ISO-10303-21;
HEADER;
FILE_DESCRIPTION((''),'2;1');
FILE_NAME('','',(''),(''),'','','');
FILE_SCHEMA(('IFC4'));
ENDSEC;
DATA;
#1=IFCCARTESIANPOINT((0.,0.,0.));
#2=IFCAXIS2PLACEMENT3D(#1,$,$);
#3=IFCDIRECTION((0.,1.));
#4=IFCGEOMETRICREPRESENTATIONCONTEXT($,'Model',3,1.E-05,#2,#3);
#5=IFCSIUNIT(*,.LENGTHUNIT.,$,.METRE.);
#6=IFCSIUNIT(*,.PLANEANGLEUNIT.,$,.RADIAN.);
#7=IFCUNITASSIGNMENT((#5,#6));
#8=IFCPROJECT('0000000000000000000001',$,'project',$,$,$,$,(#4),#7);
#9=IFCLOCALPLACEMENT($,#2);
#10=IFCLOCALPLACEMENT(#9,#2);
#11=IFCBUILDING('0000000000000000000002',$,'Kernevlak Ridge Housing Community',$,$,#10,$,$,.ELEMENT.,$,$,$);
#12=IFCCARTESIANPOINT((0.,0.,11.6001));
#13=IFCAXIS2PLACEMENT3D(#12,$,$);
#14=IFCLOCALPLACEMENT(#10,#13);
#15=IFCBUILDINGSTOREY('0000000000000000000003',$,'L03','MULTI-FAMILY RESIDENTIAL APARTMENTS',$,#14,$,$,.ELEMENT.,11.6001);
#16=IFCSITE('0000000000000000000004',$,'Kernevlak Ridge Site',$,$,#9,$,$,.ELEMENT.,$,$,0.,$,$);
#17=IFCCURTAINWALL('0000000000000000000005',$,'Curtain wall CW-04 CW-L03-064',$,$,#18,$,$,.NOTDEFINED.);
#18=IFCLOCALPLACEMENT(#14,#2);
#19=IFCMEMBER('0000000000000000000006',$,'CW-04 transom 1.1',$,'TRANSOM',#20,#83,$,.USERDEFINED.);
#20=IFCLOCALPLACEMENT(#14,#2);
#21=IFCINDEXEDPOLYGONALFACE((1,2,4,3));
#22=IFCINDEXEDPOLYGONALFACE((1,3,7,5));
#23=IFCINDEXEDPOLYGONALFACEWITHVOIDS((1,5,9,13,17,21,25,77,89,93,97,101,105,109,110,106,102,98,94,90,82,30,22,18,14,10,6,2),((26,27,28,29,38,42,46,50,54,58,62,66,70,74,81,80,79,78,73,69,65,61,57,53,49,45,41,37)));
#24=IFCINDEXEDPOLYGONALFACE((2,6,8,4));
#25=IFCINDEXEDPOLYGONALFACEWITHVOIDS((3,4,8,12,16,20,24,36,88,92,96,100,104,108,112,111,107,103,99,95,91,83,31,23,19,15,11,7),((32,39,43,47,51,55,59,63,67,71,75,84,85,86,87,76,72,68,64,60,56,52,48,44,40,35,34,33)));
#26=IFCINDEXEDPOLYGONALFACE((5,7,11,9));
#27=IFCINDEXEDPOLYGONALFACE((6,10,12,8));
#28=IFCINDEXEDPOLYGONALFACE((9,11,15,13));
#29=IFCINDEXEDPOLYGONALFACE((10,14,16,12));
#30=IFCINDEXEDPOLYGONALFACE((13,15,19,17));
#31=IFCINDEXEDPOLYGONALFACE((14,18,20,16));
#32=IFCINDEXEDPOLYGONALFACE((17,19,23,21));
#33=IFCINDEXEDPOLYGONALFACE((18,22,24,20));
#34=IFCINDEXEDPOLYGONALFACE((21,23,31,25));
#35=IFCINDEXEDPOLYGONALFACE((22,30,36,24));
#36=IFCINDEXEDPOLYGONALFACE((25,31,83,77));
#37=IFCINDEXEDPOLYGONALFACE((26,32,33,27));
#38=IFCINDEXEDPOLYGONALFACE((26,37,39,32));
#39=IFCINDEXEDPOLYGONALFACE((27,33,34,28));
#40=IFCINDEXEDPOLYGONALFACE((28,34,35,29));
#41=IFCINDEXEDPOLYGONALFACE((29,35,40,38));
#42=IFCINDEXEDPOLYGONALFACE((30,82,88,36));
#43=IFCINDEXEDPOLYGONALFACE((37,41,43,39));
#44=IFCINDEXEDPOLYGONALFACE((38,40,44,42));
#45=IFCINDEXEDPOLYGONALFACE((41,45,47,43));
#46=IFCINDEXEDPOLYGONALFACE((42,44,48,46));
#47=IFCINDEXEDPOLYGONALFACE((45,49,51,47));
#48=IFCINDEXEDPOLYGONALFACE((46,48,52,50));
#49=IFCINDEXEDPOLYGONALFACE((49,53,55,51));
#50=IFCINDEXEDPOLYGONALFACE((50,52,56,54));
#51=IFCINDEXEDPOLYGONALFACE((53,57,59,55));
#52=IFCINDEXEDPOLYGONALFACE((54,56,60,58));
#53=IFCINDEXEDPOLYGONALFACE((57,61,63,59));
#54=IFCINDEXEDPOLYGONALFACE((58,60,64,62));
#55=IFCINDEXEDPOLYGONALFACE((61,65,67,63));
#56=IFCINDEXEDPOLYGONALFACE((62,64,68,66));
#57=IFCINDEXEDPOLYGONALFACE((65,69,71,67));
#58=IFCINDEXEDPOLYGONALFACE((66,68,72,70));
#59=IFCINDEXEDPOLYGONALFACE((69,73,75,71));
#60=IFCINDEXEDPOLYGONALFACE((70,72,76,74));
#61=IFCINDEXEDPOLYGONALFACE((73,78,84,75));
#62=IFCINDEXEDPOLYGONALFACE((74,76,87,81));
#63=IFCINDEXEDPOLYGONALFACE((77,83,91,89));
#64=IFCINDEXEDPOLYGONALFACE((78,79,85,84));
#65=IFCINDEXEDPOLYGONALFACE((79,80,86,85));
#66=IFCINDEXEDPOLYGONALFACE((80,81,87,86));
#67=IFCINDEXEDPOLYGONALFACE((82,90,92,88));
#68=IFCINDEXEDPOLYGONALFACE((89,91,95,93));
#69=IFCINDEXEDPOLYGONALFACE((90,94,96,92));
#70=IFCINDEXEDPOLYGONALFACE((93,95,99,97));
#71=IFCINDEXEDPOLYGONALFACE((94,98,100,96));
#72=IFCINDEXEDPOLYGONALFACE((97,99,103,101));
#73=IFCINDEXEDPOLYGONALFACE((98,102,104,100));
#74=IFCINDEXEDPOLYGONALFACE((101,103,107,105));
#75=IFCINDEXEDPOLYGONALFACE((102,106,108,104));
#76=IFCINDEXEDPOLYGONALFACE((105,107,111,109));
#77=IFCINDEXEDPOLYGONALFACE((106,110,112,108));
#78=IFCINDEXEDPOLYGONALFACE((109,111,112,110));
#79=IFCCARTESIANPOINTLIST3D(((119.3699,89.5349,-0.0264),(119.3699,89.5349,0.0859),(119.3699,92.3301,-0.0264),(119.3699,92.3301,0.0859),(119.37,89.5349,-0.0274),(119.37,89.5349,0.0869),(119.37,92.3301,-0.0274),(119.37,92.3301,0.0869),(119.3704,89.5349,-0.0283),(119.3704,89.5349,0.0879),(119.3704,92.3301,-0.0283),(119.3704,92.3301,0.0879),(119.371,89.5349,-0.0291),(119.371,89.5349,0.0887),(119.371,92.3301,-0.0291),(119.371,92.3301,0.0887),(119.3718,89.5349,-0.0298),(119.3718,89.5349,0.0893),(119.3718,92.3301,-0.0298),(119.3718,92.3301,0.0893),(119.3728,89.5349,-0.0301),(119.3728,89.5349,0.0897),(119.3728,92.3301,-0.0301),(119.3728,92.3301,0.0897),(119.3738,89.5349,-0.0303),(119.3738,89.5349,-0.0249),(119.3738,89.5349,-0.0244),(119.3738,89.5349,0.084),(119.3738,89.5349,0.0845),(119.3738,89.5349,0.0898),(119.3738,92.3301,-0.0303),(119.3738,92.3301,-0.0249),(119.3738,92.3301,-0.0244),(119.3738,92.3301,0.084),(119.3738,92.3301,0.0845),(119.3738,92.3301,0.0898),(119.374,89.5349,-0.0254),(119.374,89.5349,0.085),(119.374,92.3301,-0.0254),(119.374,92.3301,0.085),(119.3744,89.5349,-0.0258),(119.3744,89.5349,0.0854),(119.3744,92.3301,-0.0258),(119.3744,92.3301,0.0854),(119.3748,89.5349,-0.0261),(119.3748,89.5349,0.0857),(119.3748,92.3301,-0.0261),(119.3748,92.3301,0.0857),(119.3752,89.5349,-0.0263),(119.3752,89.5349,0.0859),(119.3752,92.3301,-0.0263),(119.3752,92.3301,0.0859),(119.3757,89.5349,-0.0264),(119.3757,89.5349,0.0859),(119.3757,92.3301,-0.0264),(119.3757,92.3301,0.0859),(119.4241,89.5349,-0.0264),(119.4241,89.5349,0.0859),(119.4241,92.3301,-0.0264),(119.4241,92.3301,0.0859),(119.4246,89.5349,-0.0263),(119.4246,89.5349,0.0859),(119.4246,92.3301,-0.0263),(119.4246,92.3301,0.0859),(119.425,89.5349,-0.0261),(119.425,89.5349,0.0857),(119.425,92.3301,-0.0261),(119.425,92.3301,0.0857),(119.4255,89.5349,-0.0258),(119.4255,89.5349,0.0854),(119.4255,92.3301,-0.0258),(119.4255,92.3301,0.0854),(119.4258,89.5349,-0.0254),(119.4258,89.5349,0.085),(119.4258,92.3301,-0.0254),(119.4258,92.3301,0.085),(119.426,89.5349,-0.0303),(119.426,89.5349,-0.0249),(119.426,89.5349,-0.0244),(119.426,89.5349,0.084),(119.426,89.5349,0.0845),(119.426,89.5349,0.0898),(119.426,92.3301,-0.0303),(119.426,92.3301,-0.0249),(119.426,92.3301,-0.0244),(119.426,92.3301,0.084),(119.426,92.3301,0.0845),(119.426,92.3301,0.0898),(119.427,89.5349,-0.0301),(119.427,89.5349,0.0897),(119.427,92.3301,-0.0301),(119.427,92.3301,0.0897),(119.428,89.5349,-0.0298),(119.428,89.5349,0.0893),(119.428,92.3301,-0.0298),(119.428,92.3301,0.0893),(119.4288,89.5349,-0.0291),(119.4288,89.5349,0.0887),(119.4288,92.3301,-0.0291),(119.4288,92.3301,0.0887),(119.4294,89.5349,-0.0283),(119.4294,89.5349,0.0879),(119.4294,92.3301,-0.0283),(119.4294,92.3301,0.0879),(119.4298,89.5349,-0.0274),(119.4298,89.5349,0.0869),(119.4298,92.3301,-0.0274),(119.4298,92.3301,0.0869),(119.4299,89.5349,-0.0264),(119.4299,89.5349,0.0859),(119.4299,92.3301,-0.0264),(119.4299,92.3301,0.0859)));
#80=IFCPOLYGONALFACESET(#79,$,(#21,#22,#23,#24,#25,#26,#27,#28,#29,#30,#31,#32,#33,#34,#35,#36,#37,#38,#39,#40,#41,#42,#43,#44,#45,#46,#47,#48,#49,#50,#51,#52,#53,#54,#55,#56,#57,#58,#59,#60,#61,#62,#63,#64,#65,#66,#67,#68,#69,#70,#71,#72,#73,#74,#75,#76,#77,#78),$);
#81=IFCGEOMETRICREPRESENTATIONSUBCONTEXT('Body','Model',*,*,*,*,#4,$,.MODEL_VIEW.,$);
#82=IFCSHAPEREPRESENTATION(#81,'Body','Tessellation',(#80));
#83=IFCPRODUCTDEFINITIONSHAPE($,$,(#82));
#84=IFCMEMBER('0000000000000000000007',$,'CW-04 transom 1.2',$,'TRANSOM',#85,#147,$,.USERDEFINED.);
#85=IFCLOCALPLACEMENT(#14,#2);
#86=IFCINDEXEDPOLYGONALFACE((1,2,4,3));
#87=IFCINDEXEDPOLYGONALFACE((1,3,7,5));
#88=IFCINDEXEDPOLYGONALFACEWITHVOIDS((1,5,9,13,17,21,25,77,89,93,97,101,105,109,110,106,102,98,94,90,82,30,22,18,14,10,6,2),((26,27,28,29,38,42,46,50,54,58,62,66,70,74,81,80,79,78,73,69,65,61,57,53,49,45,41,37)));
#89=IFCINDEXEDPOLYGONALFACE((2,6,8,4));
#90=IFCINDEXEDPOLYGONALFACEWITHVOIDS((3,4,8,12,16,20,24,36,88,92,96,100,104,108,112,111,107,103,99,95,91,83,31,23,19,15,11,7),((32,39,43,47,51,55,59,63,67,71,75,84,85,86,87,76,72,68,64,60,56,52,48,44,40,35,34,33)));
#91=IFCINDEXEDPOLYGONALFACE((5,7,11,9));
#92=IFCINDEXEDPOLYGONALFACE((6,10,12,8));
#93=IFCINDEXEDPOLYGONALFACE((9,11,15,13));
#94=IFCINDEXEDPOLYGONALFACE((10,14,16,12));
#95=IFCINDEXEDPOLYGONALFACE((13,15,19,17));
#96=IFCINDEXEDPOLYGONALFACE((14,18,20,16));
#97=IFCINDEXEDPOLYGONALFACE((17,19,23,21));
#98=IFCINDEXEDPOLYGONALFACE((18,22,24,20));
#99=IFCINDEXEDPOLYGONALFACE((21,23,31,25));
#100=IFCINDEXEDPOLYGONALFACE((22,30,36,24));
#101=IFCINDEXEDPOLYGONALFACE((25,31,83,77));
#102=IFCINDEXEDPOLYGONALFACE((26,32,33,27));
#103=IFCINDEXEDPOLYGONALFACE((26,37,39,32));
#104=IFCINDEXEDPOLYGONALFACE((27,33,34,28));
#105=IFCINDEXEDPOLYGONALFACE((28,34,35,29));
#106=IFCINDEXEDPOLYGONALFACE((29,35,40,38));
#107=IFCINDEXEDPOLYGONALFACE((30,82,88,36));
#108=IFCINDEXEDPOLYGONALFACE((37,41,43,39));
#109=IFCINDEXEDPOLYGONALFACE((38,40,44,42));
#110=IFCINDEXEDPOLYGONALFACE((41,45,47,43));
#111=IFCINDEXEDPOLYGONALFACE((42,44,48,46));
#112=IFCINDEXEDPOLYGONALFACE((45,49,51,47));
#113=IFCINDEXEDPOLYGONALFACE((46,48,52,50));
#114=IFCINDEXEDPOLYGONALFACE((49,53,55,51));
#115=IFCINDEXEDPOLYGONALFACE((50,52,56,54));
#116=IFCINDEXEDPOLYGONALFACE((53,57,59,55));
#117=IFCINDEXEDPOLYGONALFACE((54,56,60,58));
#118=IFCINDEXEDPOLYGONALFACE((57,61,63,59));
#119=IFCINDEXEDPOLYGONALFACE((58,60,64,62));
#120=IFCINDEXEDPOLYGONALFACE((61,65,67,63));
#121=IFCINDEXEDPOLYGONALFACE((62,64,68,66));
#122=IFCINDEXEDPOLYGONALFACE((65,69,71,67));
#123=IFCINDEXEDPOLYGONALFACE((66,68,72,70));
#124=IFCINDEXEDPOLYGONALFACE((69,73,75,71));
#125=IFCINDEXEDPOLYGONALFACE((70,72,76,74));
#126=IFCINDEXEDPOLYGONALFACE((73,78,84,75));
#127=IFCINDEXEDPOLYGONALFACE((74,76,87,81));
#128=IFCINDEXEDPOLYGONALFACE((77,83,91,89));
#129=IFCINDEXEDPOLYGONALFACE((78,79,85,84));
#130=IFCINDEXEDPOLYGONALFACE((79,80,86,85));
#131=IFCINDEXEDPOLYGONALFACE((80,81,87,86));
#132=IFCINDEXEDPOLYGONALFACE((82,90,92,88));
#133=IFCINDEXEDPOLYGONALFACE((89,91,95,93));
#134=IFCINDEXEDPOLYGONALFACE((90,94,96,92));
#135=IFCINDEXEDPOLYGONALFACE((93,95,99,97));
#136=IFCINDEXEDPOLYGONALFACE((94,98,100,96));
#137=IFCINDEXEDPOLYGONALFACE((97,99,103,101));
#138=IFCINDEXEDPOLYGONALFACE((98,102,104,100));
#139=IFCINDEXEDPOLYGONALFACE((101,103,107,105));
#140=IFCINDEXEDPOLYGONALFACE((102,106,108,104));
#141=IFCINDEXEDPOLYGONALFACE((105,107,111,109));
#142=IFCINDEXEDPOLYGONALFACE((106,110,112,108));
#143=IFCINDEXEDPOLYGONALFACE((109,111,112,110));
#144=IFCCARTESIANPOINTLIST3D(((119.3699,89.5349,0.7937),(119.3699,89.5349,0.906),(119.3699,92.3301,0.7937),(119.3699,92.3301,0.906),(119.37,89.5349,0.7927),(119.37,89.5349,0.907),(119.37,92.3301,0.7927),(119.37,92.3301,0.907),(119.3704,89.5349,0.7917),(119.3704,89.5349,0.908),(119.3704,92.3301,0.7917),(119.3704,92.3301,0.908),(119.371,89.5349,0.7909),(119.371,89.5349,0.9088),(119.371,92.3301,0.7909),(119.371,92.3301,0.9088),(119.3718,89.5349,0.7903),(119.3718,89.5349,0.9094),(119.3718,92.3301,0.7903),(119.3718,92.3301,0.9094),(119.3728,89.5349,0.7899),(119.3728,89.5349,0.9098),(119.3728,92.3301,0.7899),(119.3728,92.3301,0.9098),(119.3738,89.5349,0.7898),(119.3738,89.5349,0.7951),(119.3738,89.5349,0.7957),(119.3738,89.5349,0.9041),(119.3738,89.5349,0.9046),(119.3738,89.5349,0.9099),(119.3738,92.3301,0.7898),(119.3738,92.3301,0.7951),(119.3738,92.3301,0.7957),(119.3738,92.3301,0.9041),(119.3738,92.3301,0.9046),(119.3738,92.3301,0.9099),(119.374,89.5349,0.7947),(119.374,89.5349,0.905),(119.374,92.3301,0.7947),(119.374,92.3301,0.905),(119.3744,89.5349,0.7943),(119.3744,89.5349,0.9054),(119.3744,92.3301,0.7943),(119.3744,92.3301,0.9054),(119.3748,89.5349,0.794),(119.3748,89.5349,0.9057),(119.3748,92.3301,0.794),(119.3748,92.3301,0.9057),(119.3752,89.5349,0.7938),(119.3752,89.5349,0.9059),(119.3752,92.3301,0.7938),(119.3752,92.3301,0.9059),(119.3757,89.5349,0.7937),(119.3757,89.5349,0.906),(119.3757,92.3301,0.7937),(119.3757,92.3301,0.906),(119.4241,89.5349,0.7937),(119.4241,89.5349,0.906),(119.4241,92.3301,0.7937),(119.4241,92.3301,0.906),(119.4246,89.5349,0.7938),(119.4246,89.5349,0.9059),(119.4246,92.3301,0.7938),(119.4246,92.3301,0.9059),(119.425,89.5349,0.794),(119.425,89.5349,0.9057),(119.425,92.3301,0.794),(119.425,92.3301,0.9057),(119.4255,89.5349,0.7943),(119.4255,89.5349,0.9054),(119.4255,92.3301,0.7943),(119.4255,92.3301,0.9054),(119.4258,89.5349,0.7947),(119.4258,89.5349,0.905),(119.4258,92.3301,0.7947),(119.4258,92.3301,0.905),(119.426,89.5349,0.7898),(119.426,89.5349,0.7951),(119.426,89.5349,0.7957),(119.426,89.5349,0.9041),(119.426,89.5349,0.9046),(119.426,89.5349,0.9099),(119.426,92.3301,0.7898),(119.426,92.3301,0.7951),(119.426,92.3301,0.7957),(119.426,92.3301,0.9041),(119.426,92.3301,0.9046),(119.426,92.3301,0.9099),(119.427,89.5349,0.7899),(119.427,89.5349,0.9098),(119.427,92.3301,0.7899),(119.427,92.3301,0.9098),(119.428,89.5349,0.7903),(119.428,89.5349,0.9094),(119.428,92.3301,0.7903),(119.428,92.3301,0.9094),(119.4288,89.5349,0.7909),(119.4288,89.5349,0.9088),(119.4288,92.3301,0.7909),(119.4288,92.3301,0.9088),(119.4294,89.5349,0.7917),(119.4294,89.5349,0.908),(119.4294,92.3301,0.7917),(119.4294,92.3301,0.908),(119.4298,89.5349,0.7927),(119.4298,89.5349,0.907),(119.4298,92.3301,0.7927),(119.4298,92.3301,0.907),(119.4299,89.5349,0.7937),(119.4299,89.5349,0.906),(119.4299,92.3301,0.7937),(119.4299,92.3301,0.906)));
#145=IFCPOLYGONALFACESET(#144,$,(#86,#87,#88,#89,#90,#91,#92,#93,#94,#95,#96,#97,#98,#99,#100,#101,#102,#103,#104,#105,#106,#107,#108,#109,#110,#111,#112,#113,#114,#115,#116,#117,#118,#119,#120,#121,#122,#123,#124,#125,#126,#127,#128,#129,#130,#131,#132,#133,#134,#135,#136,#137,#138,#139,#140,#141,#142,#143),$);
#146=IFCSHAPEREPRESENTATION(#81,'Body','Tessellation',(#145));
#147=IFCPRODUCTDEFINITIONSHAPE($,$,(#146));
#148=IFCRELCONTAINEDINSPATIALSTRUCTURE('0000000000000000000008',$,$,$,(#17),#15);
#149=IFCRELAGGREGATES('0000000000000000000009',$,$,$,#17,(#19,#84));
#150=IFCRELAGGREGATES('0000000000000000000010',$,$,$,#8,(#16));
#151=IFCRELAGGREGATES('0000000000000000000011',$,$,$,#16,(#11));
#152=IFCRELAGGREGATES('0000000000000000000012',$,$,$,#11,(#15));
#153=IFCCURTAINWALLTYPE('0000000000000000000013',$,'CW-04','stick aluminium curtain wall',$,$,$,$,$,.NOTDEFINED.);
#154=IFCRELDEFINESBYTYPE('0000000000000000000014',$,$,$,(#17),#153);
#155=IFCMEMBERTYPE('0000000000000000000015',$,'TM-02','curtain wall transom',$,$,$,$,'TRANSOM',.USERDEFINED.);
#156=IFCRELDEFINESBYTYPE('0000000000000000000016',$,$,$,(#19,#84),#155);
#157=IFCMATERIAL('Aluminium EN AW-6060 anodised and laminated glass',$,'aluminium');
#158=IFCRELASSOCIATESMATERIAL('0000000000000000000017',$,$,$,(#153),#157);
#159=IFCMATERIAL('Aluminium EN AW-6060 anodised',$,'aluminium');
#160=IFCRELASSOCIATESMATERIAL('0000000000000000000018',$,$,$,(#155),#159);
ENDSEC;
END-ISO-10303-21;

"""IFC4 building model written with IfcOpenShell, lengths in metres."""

from ifc_helpers import new_model, si_unit, direction, frame, origin, origin_2d, place, context, subcontext, project, spatial, hollow_rectangle, extrude, material, material_profile, profile_set, type_object, element, aggregate, save


model = new_model("IFC4")

# Units and contexts
model_context = context("Model", 3, precision=1e-05, world=origin(), true_north=direction((0.0, 1.0)))
body_context = subcontext(model_context, "Body", "Model", "MODEL_VIEW")
ifc_project = project(units=[si_unit("LENGTHUNIT", "METRE"), si_unit("PLANEANGLEUNIT", "RADIAN")], contexts=[model_context])

# Site, building, storey
site_placement = place(None, origin())
site = spatial("IfcSite", under=ifc_project, at=site_placement, Name="Kernevlak Ridge Site", CompositionType="ELEMENT", RefElevation=0.0)
building_placement = place(site_placement, origin())
building = spatial("IfcBuilding", under=site, at=building_placement, Name="Kernevlak Ridge Housing Community", CompositionType="ELEMENT")
storey_placement = place(building_placement, frame((0.0, 0.0, 11.6001)))
storey = spatial("IfcBuildingStorey", under=building, at=storey_placement, Name="L03", Description="MULTI-FAMILY RESIDENTIAL APARTMENTS", CompositionType="ELEMENT", Elevation=11.6001)

# Curtain wall
ifc_material_1 = material(Name="Aluminium EN AW-6060 anodised and laminated glass", Category="aluminium")
curtain_wall_type_1 = type_object("IfcCurtainWallType", Name="CW-04", Description="stick aluminium curtain wall", PredefinedType="NOTDEFINED", material=ifc_material_1)
curtain_wall_1_placement = place(storey_placement, origin())
curtain_wall_1 = element("IfcCurtainWall", 1, at=curtain_wall_1_placement, inside=storey, type_object=curtain_wall_type_1, Name="Curtain wall CW-04 CW-L03-064", PredefinedType="NOTDEFINED")
ifc_material_2 = material(Name="Aluminium EN AW-6060 anodised", Category="aluminium")

# Members
ifc_material_profile_1 = material_profile(ifc_material_2, hollow_rectangle(XDim=0.0601, YDim=0.1201, WallThickness=0.0039, InnerFilletRadius=0.002, OuterFilletRadius=0.0039, at=origin_2d()), Name="ALU 60x120x4")
ifc_profile_set_1 = profile_set([ifc_material_profile_1], Name="Aluminium EN AW-6060 anodised")
member_type_1 = type_object("IfcMemberType", Name="TM-02", Description="curtain wall transom", ElementType="TRANSOM", PredefinedType="USERDEFINED", material=ifc_profile_set_1)
member_1_placement = place(storey_placement, frame((119.3999, 89.5349, 0.0298), z_axis=(0.0, 1.0, 0.0), x_axis=(-1.0, 0.0, 0.0)))
member_1 = element("IfcMember", 2, at=member_1_placement, type_object=member_type_1, Name="CW-04 transom 1.1", ObjectType="TRANSOM", PredefinedType="USERDEFINED", context=body_context, shape_type="SweptSolid", body=[
    extrude(hollow_rectangle(XDim=0.0601, YDim=0.1201, WallThickness=0.0039, InnerFilletRadius=0.002, OuterFilletRadius=0.0039, at=origin_2d()), origin(), (0.0, 0.0, 1.0), 2.7952),
])
member_2_placement = place(storey_placement, frame((119.3999, 89.5349, 0.8499), z_axis=(0.0, 1.0, 0.0), x_axis=(-1.0, 0.0, 0.0)))
member_2 = element("IfcMember", 3, at=member_2_placement, type_object=member_type_1, Name="CW-04 transom 1.2", ObjectType="TRANSOM", PredefinedType="USERDEFINED", context=body_context, shape_type="SweptSolid", body=[
    extrude(hollow_rectangle(XDim=0.0601, YDim=0.1201, WallThickness=0.0039, InnerFilletRadius=0.002, OuterFilletRadius=0.0039, at=origin_2d()), origin(), (0.0, 0.0, 1.0), 2.7952),
])

aggregate(curtain_wall_1, [member_1, member_2])

save(model, "model.ifc")
